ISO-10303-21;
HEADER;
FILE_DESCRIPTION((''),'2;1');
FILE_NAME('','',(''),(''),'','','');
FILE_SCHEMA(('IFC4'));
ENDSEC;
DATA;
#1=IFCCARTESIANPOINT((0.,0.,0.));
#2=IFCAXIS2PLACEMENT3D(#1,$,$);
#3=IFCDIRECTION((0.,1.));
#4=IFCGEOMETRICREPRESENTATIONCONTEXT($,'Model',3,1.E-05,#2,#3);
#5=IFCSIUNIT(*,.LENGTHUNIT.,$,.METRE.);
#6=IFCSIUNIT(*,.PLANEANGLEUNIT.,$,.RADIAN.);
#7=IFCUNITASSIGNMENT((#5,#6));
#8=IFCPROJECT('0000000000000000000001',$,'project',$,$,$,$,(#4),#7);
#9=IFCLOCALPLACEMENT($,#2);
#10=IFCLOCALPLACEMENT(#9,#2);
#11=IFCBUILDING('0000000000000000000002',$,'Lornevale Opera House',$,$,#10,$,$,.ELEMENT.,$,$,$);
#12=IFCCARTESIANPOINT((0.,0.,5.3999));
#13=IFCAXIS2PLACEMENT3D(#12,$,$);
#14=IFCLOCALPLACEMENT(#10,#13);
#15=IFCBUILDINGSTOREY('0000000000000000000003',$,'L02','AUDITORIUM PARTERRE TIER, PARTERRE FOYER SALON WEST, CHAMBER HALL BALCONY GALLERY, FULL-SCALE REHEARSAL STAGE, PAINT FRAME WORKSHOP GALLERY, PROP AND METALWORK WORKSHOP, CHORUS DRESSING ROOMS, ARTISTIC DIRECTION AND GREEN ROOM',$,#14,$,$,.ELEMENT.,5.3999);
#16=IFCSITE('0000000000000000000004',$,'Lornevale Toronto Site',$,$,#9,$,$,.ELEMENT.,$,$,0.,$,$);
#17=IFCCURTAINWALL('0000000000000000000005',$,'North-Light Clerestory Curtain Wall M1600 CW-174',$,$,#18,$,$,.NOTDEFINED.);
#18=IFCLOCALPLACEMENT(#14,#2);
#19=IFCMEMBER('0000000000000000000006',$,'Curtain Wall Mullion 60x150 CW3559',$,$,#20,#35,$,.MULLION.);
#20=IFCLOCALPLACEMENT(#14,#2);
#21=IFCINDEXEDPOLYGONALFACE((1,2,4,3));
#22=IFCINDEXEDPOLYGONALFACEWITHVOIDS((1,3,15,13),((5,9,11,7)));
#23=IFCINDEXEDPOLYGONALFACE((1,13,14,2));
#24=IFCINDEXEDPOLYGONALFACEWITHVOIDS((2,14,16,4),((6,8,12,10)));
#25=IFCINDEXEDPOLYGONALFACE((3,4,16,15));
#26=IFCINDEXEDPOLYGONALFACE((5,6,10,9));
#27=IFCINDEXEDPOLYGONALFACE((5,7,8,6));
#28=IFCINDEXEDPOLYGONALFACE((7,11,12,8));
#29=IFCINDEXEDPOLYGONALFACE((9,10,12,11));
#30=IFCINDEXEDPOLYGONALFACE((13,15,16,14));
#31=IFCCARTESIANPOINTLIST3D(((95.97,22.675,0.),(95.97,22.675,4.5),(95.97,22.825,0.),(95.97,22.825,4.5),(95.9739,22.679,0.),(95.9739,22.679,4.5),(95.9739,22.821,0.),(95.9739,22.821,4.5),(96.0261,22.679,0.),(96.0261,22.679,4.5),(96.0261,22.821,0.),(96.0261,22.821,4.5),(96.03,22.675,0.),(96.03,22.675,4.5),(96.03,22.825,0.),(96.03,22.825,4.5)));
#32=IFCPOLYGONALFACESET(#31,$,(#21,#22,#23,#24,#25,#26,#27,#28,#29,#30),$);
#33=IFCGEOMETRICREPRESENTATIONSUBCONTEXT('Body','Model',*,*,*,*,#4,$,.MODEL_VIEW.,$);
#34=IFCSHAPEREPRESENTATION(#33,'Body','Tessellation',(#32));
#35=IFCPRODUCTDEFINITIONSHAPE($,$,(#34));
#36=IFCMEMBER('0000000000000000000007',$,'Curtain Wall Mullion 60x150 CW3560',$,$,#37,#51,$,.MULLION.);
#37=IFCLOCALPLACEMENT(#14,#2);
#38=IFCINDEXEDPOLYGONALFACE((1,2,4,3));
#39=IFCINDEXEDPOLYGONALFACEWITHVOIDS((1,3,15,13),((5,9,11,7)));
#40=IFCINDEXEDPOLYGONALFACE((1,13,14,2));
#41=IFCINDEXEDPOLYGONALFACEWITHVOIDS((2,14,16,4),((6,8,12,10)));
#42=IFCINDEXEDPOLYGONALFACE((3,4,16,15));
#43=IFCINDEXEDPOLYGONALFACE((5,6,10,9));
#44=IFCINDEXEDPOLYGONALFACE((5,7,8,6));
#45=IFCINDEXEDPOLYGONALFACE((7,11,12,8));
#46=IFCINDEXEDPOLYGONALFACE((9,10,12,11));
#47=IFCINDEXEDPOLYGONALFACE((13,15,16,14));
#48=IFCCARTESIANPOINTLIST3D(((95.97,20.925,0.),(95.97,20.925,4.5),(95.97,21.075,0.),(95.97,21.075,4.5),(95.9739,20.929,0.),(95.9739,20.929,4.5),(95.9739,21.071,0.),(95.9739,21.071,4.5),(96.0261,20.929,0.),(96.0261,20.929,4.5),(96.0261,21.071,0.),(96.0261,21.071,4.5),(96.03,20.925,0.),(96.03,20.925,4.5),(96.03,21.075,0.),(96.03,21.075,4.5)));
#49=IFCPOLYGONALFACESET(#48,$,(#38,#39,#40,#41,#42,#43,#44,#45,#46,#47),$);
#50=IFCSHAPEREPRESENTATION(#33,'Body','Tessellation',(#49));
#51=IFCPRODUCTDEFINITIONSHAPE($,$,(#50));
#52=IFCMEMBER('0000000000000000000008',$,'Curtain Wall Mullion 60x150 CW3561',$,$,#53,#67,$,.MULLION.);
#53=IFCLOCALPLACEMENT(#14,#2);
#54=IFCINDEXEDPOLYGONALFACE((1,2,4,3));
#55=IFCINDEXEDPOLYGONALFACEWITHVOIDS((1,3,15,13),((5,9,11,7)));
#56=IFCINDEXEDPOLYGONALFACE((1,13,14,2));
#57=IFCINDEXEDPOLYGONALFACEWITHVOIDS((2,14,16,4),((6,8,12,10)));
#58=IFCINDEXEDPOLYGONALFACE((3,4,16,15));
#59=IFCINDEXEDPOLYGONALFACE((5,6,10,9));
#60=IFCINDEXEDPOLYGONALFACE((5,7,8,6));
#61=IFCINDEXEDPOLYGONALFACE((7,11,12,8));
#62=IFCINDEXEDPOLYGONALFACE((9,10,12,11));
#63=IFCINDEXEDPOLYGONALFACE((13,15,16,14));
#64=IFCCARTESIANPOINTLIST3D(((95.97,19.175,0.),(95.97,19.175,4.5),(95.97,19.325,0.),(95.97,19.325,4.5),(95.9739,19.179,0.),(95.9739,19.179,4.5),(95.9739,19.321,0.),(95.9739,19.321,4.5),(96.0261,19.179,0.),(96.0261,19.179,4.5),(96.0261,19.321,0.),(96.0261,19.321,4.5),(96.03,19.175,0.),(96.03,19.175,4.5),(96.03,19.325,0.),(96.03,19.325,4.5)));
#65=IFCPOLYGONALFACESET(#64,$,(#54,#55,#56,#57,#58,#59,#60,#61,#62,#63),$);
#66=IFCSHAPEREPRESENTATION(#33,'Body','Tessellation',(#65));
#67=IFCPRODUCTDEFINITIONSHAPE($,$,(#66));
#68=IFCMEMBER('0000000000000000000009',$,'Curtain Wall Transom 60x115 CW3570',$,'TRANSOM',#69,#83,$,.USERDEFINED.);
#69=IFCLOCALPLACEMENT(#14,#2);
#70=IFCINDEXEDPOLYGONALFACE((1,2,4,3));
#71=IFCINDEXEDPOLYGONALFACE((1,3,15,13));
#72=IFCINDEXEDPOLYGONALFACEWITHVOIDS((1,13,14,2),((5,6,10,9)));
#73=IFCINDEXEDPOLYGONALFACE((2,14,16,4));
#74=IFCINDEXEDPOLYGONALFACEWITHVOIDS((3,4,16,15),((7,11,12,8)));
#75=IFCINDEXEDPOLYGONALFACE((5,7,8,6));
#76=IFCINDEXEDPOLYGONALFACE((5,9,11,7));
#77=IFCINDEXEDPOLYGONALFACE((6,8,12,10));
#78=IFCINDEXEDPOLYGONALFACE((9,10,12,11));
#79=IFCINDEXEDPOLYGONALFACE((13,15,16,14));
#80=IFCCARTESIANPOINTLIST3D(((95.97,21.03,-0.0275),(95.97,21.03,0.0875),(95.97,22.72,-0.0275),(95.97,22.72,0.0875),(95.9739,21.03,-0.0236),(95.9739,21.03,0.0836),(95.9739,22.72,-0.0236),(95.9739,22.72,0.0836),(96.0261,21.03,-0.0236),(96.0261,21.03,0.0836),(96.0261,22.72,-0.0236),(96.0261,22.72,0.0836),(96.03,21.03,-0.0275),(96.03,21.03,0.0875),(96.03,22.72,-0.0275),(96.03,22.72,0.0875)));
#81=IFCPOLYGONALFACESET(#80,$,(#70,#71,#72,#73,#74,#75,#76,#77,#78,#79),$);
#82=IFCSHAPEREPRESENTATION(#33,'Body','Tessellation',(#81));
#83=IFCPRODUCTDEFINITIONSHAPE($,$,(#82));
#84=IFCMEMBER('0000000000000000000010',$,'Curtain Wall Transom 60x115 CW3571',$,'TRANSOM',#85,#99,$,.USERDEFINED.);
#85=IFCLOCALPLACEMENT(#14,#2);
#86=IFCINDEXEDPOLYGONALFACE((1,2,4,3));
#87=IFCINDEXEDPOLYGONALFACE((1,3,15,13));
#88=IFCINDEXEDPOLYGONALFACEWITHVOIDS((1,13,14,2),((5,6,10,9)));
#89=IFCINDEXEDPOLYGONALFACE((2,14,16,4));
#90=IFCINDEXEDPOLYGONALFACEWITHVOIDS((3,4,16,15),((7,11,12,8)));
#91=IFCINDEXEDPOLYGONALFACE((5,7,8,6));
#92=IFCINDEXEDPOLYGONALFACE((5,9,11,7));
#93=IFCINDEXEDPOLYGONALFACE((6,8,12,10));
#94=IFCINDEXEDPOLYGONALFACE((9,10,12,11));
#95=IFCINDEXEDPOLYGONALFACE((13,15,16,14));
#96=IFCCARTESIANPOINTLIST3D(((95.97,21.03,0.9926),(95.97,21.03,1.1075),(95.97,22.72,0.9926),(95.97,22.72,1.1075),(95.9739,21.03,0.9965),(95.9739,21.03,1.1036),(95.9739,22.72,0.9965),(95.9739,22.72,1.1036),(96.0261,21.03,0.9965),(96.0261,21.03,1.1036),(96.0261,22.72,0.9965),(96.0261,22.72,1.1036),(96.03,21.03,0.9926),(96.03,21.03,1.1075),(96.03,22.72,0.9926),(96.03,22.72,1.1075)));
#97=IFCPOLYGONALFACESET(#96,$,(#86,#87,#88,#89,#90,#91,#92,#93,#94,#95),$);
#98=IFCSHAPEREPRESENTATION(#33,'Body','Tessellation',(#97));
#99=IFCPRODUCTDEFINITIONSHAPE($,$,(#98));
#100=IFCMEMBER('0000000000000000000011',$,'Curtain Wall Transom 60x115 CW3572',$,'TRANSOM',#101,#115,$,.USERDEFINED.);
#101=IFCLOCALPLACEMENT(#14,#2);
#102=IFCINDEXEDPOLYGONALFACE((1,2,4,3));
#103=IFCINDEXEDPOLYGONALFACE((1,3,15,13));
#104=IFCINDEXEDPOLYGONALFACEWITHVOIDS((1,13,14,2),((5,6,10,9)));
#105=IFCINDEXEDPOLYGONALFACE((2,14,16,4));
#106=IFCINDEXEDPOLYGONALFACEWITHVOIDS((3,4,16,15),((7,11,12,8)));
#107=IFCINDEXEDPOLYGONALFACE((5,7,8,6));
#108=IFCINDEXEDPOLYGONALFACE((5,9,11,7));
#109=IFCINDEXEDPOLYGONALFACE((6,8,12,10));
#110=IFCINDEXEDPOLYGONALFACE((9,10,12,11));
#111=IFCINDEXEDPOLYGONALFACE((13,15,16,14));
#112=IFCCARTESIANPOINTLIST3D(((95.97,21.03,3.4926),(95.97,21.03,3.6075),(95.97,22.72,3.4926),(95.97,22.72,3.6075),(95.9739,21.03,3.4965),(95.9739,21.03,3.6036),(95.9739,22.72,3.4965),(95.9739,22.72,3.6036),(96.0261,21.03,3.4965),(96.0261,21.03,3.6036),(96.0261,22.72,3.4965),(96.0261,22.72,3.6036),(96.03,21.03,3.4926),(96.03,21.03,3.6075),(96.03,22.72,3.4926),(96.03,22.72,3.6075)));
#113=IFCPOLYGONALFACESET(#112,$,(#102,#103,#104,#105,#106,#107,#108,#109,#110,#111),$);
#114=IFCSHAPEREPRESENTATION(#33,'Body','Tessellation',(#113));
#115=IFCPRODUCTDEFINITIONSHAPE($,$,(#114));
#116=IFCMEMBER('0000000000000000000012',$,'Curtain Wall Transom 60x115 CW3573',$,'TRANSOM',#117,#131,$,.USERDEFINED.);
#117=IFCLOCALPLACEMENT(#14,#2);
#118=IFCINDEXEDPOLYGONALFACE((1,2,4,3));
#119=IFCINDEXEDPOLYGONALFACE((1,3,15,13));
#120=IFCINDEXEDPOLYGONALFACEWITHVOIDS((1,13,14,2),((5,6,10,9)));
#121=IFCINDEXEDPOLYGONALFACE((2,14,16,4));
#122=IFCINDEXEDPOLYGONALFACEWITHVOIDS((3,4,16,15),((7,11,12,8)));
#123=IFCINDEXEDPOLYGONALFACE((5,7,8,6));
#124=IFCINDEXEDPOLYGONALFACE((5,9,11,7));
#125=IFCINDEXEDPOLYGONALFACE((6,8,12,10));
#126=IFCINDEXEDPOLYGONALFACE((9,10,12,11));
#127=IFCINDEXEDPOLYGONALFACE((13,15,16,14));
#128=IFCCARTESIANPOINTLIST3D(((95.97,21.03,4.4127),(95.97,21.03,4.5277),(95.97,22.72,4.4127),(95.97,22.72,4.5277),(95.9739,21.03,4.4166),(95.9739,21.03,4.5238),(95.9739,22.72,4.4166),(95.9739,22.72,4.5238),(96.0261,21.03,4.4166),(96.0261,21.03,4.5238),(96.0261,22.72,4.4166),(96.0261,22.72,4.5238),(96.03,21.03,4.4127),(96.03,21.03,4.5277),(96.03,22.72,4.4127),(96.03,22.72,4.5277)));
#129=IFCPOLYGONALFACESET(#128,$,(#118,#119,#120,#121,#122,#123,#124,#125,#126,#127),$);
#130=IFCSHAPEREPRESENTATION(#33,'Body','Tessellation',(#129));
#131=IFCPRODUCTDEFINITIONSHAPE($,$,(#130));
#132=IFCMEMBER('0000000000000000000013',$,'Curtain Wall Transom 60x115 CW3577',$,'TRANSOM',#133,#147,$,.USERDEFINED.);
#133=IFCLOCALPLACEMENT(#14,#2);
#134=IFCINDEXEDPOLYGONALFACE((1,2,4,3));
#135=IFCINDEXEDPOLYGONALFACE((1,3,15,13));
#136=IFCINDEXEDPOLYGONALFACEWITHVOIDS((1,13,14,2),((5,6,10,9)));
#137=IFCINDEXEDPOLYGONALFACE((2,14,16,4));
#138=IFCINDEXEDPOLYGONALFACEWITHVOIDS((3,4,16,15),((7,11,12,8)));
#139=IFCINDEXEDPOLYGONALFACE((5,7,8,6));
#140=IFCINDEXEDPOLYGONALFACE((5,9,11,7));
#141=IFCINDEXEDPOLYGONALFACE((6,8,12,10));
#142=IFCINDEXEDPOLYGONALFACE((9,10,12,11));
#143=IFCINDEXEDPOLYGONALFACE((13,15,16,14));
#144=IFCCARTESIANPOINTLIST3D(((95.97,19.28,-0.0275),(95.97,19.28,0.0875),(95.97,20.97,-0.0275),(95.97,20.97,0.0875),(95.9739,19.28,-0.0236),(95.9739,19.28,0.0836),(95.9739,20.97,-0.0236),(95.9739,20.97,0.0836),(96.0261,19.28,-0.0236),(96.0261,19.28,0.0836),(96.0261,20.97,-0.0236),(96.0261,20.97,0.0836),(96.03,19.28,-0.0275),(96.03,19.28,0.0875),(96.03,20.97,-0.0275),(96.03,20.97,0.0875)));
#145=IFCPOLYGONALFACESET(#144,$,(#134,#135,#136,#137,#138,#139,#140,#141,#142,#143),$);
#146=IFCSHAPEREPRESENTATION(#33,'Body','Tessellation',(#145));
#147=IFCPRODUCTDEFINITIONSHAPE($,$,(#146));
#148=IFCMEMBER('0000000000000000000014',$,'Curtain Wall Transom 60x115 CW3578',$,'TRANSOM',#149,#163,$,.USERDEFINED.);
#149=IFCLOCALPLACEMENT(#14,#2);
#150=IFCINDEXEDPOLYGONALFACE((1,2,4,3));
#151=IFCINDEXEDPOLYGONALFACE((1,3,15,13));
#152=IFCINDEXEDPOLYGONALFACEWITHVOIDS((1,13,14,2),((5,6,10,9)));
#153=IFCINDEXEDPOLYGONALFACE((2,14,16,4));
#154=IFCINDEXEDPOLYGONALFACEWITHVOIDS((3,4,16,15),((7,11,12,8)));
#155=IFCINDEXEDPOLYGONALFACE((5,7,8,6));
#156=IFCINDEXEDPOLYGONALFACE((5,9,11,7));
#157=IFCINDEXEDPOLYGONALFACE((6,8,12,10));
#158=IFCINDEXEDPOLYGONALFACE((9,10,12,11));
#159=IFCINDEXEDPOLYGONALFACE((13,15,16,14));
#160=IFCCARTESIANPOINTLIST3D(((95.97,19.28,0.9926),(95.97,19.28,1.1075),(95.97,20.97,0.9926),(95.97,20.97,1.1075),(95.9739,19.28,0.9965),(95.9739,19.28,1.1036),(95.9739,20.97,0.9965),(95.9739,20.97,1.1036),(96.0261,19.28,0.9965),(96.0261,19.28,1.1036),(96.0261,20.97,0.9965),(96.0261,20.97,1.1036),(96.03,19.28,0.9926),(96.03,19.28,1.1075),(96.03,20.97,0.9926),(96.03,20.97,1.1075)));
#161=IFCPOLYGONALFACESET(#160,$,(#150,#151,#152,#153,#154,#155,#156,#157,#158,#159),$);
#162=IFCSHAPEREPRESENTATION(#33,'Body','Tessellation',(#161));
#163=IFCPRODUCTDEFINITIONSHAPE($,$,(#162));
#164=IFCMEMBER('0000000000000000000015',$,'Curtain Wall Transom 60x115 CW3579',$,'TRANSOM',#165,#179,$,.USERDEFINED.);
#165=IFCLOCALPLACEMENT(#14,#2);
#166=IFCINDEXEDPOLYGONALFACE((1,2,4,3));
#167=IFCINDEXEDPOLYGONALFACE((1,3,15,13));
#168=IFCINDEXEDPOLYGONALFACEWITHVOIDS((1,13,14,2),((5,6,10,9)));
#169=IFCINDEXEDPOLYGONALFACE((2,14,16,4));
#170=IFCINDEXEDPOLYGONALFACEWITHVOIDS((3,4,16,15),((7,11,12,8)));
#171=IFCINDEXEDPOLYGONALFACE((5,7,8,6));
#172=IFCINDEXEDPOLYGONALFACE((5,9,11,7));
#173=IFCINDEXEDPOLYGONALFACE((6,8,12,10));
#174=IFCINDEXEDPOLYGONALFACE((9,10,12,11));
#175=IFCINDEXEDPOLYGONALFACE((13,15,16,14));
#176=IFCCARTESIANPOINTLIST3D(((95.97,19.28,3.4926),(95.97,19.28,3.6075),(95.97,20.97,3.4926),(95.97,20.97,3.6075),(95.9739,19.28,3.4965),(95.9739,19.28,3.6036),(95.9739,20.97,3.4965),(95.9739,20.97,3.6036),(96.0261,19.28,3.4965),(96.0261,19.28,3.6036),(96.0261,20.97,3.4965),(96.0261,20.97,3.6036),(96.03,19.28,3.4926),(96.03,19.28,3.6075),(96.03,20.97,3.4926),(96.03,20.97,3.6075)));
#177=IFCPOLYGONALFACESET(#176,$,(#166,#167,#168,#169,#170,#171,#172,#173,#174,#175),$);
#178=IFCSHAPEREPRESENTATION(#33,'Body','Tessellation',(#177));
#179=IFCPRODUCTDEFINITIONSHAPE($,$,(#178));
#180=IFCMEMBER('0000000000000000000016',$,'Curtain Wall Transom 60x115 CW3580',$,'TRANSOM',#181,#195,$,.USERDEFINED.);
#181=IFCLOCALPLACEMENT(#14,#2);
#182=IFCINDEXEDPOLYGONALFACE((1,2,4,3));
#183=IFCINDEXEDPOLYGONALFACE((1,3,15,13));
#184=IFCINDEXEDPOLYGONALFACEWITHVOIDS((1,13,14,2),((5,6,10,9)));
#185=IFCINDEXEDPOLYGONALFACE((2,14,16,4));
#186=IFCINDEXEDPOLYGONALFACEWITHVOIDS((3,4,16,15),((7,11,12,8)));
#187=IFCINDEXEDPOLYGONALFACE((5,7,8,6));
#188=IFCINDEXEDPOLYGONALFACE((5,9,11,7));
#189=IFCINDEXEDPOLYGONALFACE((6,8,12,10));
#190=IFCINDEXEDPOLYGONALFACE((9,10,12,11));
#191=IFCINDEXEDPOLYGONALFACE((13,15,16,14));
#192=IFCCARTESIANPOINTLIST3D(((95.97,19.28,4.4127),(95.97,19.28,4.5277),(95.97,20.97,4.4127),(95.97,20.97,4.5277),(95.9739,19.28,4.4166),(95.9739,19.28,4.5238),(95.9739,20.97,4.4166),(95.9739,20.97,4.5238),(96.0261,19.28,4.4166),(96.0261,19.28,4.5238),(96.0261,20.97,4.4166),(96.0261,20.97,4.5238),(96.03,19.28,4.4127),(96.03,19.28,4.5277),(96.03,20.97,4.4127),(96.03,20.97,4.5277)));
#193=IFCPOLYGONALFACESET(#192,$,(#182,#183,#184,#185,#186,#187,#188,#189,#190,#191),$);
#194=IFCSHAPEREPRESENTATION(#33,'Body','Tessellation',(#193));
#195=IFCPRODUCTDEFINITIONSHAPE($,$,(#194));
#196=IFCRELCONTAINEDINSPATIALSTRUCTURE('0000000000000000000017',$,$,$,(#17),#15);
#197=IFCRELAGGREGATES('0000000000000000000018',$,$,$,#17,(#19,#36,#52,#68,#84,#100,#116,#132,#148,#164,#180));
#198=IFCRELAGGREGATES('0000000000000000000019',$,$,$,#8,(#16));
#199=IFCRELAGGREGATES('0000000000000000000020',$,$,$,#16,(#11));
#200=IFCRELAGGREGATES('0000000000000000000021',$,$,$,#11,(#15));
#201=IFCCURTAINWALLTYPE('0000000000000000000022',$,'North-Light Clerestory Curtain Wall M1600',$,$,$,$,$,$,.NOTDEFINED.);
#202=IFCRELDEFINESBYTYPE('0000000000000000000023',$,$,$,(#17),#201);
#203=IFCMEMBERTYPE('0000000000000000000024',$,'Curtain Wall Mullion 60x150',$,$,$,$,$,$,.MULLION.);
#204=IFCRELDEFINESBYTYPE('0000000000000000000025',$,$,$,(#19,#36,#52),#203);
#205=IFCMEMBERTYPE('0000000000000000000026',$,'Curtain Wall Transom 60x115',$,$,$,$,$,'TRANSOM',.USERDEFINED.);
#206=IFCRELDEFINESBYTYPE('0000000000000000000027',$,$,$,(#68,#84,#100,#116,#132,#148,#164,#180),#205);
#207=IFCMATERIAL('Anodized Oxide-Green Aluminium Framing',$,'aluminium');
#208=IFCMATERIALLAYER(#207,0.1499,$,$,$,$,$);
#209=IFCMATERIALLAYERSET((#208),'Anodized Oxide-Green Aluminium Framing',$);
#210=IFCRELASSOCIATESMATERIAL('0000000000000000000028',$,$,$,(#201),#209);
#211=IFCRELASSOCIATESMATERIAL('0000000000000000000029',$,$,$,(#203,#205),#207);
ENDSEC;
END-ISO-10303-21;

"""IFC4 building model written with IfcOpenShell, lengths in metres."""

from ifc_helpers import new_model, si_unit, direction, frame, origin, origin_2d, place, context, subcontext, project, spatial, hollow_rectangle, extrude, material, layer, layer_set, material_profile, profile_set, type_object, element, aggregate, save


model = new_model("IFC4")

# Units and contexts
model_context = context("Model", 3, precision=1e-05, world=origin(), true_north=direction((0.0, 1.0)))
body_context = subcontext(model_context, "Body", "Model", "MODEL_VIEW")
ifc_project = project(units=[si_unit("LENGTHUNIT", "METRE"), si_unit("PLANEANGLEUNIT", "RADIAN")], contexts=[model_context])

# Site, building, storey
site_placement = place(None, origin())
site = spatial("IfcSite", under=ifc_project, at=site_placement, Name="Lornevale Toronto Site", CompositionType="ELEMENT", RefElevation=0.0)
building_placement = place(site_placement, origin())
building = spatial("IfcBuilding", under=site, at=building_placement, Name="Lornevale Opera House", CompositionType="ELEMENT")
storey_placement = place(building_placement, frame((0.0, 0.0, 5.3999)))
storey = spatial("IfcBuildingStorey", under=building, at=storey_placement, Name="L02", Description="AUDITORIUM PARTERRE TIER, PARTERRE FOYER SALON WEST, CHAMBER HALL BALCONY GALLERY, FULL-SCALE REHEARSAL STAGE, PAINT FRAME WORKSHOP GALLERY, PROP AND METALWORK WORKSHOP, CHORUS DRESSING ROOMS, ARTISTIC DIRECTION AND GREEN ROOM", CompositionType="ELEMENT", Elevation=5.3999)

# Curtain wall, members
ifc_material_1 = material(Name="Anodized Oxide-Green Aluminium Framing", Category="aluminium")
ifc_layer_1 = layer(ifc_material_1, 0.1499)
ifc_layer_set_1 = layer_set([ifc_layer_1], Name="Anodized Oxide-Green Aluminium Framing")
curtain_wall_type = type_object("IfcCurtainWallType", Name="North-Light Clerestory Curtain Wall M1600", PredefinedType="NOTDEFINED", material=ifc_layer_set_1)
curtain_wall_placement = place(storey_placement, origin())
curtain_wall = element("IfcCurtainWall", 1, at=curtain_wall_placement, inside=storey, type_object=curtain_wall_type, Name="North-Light Clerestory Curtain Wall M1600 CW-174", PredefinedType="NOTDEFINED")
ifc_material_profile_1 = material_profile(ifc_material_1, hollow_rectangle(XDim=0.0601, YDim=0.1499, WallThickness=0.0039, at=origin_2d()), Name="ALU60x150x4")
ifc_profile_set_1 = profile_set([ifc_material_profile_1], Name="Anodized Oxide-Green Aluminium Framing")
member_type_1 = type_object("IfcMemberType", Name="Curtain Wall Mullion 60x150", PredefinedType="MULLION", material=ifc_profile_set_1)
member_1_placement = place(storey_placement, frame((96.0, 22.75, 0.0), z_axis=(0.0, 0.0, 1.0), x_axis=(1.0, 0.0, 0.0)))
member_1 = element("IfcMember", 2, at=member_1_placement, type_object=member_type_1, Name="Curtain Wall Mullion 60x150 CW3559", PredefinedType="MULLION", context=body_context, shape_type="SweptSolid", body=[
    extrude(hollow_rectangle(XDim=0.0601, YDim=0.1499, WallThickness=0.0039, at=origin_2d()), origin(), (0.0, 0.0, 1.0), 4.5),
])
member_2_placement = place(storey_placement, frame((96.0, 21.0, 0.0), z_axis=(0.0, 0.0, 1.0), x_axis=(1.0, 0.0, 0.0)))
member_2 = element("IfcMember", 3, at=member_2_placement, type_object=member_type_1, Name="Curtain Wall Mullion 60x150 CW3560", PredefinedType="MULLION", context=body_context, shape_type="SweptSolid", body=[
    extrude(hollow_rectangle(XDim=0.0601, YDim=0.1499, WallThickness=0.0039, at=origin_2d()), origin(), (0.0, 0.0, 1.0), 4.5),
])
member_3_placement = place(storey_placement, frame((96.0, 19.25, 0.0), z_axis=(0.0, 0.0, 1.0), x_axis=(1.0, 0.0, 0.0)))
member_3 = element("IfcMember", 4, at=member_3_placement, type_object=member_type_1, Name="Curtain Wall Mullion 60x150 CW3561", PredefinedType="MULLION", context=body_context, shape_type="SweptSolid", body=[
    extrude(hollow_rectangle(XDim=0.0601, YDim=0.1499, WallThickness=0.0039, at=origin_2d()), origin(), (0.0, 0.0, 1.0), 4.5),
])
ifc_material_profile_2 = material_profile(ifc_material_1, hollow_rectangle(XDim=0.0601, YDim=0.115, WallThickness=0.0039, at=origin_2d()), Name="ALU60x115x4")
ifc_profile_set_2 = profile_set([ifc_material_profile_2], Name="Anodized Oxide-Green Aluminium Framing")
member_type_2 = type_object("IfcMemberType", Name="Curtain Wall Transom 60x115", ElementType="TRANSOM", PredefinedType="USERDEFINED", material=ifc_profile_set_2)
member_4_placement = place(storey_placement, frame((96.0, 22.72, 0.03), z_axis=(0.0, -1.0, 0.0), x_axis=(1.0, 0.0, 0.0)))
member_4 = element("IfcMember", 5, at=member_4_placement, type_object=member_type_2, Name="Curtain Wall Transom 60x115 CW3570", ObjectType="TRANSOM", PredefinedType="USERDEFINED", context=body_context, shape_type="SweptSolid", body=[
    extrude(hollow_rectangle(XDim=0.0601, YDim=0.115, WallThickness=0.0039, at=origin_2d()), origin(), (0.0, 0.0, 1.0), 1.6899),
])
member_5_placement = place(storey_placement, frame((96.0, 22.72, 1.05), z_axis=(0.0, -1.0, 0.0), x_axis=(1.0, 0.0, 0.0)))
member_5 = element("IfcMember", 6, at=member_5_placement, type_object=member_type_2, Name="Curtain Wall Transom 60x115 CW3571", ObjectType="TRANSOM", PredefinedType="USERDEFINED", context=body_context, shape_type="SweptSolid", body=[
    extrude(hollow_rectangle(XDim=0.0601, YDim=0.115, WallThickness=0.0039, at=origin_2d()), origin(), (0.0, 0.0, 1.0), 1.6899),
])
member_6_placement = place(storey_placement, frame((96.0, 22.72, 3.55), z_axis=(0.0, -1.0, 0.0), x_axis=(1.0, 0.0, 0.0)))
member_6 = element("IfcMember", 7, at=member_6_placement, type_object=member_type_2, Name="Curtain Wall Transom 60x115 CW3572", ObjectType="TRANSOM", PredefinedType="USERDEFINED", context=body_context, shape_type="SweptSolid", body=[
    extrude(hollow_rectangle(XDim=0.0601, YDim=0.115, WallThickness=0.0039, at=origin_2d()), origin(), (0.0, 0.0, 1.0), 1.6899),
])
member_7_placement = place(storey_placement, frame((96.0, 22.72, 4.4702), z_axis=(0.0, -1.0, 0.0), x_axis=(1.0, 0.0, 0.0)))
member_7 = element("IfcMember", 8, at=member_7_placement, type_object=member_type_2, Name="Curtain Wall Transom 60x115 CW3573", ObjectType="TRANSOM", PredefinedType="USERDEFINED", context=body_context, shape_type="SweptSolid", body=[
    extrude(hollow_rectangle(XDim=0.0601, YDim=0.115, WallThickness=0.0039, at=origin_2d()), origin(), (0.0, 0.0, 1.0), 1.6899),
])
member_8_placement = place(storey_placement, frame((96.0, 20.97, 0.03), z_axis=(0.0, -1.0, 0.0), x_axis=(1.0, 0.0, 0.0)))
member_8 = element("IfcMember", 9, at=member_8_placement, type_object=member_type_2, Name="Curtain Wall Transom 60x115 CW3577", ObjectType="TRANSOM", PredefinedType="USERDEFINED", context=body_context, shape_type="SweptSolid", body=[
    extrude(hollow_rectangle(XDim=0.0601, YDim=0.115, WallThickness=0.0039, at=origin_2d()), origin(), (0.0, 0.0, 1.0), 1.6899),
])
member_9_placement = place(storey_placement, frame((96.0, 20.97, 1.05), z_axis=(0.0, -1.0, 0.0), x_axis=(1.0, 0.0, 0.0)))
member_9 = element("IfcMember", 10, at=member_9_placement, type_object=member_type_2, Name="Curtain Wall Transom 60x115 CW3578", ObjectType="TRANSOM", PredefinedType="USERDEFINED", context=body_context, shape_type="SweptSolid", body=[
    extrude(hollow_rectangle(XDim=0.0601, YDim=0.115, WallThickness=0.0039, at=origin_2d()), origin(), (0.0, 0.0, 1.0), 1.6899),
])
member_10_placement = place(storey_placement, frame((96.0, 20.97, 3.55), z_axis=(0.0, -1.0, 0.0), x_axis=(1.0, 0.0, 0.0)))
member_10 = element("IfcMember", 11, at=member_10_placement, type_object=member_type_2, Name="Curtain Wall Transom 60x115 CW3579", ObjectType="TRANSOM", PredefinedType="USERDEFINED", context=body_context, shape_type="SweptSolid", body=[
    extrude(hollow_rectangle(XDim=0.0601, YDim=0.115, WallThickness=0.0039, at=origin_2d()), origin(), (0.0, 0.0, 1.0), 1.6899),
])
member_11_placement = place(storey_placement, frame((96.0, 20.97, 4.4702), z_axis=(0.0, -1.0, 0.0), x_axis=(1.0, 0.0, 0.0)))
member_11 = element("IfcMember", 12, at=member_11_placement, type_object=member_type_2, Name="Curtain Wall Transom 60x115 CW3580", ObjectType="TRANSOM", PredefinedType="USERDEFINED", context=body_context, shape_type="SweptSolid", body=[
    extrude(hollow_rectangle(XDim=0.0601, YDim=0.115, WallThickness=0.0039, at=origin_2d()), origin(), (0.0, 0.0, 1.0), 1.6899),
])

aggregate(curtain_wall, [member_1, member_2, member_3, member_4, member_5, member_6, member_7, member_8, member_9, member_10, member_11])

save(model, "model.ifc")
